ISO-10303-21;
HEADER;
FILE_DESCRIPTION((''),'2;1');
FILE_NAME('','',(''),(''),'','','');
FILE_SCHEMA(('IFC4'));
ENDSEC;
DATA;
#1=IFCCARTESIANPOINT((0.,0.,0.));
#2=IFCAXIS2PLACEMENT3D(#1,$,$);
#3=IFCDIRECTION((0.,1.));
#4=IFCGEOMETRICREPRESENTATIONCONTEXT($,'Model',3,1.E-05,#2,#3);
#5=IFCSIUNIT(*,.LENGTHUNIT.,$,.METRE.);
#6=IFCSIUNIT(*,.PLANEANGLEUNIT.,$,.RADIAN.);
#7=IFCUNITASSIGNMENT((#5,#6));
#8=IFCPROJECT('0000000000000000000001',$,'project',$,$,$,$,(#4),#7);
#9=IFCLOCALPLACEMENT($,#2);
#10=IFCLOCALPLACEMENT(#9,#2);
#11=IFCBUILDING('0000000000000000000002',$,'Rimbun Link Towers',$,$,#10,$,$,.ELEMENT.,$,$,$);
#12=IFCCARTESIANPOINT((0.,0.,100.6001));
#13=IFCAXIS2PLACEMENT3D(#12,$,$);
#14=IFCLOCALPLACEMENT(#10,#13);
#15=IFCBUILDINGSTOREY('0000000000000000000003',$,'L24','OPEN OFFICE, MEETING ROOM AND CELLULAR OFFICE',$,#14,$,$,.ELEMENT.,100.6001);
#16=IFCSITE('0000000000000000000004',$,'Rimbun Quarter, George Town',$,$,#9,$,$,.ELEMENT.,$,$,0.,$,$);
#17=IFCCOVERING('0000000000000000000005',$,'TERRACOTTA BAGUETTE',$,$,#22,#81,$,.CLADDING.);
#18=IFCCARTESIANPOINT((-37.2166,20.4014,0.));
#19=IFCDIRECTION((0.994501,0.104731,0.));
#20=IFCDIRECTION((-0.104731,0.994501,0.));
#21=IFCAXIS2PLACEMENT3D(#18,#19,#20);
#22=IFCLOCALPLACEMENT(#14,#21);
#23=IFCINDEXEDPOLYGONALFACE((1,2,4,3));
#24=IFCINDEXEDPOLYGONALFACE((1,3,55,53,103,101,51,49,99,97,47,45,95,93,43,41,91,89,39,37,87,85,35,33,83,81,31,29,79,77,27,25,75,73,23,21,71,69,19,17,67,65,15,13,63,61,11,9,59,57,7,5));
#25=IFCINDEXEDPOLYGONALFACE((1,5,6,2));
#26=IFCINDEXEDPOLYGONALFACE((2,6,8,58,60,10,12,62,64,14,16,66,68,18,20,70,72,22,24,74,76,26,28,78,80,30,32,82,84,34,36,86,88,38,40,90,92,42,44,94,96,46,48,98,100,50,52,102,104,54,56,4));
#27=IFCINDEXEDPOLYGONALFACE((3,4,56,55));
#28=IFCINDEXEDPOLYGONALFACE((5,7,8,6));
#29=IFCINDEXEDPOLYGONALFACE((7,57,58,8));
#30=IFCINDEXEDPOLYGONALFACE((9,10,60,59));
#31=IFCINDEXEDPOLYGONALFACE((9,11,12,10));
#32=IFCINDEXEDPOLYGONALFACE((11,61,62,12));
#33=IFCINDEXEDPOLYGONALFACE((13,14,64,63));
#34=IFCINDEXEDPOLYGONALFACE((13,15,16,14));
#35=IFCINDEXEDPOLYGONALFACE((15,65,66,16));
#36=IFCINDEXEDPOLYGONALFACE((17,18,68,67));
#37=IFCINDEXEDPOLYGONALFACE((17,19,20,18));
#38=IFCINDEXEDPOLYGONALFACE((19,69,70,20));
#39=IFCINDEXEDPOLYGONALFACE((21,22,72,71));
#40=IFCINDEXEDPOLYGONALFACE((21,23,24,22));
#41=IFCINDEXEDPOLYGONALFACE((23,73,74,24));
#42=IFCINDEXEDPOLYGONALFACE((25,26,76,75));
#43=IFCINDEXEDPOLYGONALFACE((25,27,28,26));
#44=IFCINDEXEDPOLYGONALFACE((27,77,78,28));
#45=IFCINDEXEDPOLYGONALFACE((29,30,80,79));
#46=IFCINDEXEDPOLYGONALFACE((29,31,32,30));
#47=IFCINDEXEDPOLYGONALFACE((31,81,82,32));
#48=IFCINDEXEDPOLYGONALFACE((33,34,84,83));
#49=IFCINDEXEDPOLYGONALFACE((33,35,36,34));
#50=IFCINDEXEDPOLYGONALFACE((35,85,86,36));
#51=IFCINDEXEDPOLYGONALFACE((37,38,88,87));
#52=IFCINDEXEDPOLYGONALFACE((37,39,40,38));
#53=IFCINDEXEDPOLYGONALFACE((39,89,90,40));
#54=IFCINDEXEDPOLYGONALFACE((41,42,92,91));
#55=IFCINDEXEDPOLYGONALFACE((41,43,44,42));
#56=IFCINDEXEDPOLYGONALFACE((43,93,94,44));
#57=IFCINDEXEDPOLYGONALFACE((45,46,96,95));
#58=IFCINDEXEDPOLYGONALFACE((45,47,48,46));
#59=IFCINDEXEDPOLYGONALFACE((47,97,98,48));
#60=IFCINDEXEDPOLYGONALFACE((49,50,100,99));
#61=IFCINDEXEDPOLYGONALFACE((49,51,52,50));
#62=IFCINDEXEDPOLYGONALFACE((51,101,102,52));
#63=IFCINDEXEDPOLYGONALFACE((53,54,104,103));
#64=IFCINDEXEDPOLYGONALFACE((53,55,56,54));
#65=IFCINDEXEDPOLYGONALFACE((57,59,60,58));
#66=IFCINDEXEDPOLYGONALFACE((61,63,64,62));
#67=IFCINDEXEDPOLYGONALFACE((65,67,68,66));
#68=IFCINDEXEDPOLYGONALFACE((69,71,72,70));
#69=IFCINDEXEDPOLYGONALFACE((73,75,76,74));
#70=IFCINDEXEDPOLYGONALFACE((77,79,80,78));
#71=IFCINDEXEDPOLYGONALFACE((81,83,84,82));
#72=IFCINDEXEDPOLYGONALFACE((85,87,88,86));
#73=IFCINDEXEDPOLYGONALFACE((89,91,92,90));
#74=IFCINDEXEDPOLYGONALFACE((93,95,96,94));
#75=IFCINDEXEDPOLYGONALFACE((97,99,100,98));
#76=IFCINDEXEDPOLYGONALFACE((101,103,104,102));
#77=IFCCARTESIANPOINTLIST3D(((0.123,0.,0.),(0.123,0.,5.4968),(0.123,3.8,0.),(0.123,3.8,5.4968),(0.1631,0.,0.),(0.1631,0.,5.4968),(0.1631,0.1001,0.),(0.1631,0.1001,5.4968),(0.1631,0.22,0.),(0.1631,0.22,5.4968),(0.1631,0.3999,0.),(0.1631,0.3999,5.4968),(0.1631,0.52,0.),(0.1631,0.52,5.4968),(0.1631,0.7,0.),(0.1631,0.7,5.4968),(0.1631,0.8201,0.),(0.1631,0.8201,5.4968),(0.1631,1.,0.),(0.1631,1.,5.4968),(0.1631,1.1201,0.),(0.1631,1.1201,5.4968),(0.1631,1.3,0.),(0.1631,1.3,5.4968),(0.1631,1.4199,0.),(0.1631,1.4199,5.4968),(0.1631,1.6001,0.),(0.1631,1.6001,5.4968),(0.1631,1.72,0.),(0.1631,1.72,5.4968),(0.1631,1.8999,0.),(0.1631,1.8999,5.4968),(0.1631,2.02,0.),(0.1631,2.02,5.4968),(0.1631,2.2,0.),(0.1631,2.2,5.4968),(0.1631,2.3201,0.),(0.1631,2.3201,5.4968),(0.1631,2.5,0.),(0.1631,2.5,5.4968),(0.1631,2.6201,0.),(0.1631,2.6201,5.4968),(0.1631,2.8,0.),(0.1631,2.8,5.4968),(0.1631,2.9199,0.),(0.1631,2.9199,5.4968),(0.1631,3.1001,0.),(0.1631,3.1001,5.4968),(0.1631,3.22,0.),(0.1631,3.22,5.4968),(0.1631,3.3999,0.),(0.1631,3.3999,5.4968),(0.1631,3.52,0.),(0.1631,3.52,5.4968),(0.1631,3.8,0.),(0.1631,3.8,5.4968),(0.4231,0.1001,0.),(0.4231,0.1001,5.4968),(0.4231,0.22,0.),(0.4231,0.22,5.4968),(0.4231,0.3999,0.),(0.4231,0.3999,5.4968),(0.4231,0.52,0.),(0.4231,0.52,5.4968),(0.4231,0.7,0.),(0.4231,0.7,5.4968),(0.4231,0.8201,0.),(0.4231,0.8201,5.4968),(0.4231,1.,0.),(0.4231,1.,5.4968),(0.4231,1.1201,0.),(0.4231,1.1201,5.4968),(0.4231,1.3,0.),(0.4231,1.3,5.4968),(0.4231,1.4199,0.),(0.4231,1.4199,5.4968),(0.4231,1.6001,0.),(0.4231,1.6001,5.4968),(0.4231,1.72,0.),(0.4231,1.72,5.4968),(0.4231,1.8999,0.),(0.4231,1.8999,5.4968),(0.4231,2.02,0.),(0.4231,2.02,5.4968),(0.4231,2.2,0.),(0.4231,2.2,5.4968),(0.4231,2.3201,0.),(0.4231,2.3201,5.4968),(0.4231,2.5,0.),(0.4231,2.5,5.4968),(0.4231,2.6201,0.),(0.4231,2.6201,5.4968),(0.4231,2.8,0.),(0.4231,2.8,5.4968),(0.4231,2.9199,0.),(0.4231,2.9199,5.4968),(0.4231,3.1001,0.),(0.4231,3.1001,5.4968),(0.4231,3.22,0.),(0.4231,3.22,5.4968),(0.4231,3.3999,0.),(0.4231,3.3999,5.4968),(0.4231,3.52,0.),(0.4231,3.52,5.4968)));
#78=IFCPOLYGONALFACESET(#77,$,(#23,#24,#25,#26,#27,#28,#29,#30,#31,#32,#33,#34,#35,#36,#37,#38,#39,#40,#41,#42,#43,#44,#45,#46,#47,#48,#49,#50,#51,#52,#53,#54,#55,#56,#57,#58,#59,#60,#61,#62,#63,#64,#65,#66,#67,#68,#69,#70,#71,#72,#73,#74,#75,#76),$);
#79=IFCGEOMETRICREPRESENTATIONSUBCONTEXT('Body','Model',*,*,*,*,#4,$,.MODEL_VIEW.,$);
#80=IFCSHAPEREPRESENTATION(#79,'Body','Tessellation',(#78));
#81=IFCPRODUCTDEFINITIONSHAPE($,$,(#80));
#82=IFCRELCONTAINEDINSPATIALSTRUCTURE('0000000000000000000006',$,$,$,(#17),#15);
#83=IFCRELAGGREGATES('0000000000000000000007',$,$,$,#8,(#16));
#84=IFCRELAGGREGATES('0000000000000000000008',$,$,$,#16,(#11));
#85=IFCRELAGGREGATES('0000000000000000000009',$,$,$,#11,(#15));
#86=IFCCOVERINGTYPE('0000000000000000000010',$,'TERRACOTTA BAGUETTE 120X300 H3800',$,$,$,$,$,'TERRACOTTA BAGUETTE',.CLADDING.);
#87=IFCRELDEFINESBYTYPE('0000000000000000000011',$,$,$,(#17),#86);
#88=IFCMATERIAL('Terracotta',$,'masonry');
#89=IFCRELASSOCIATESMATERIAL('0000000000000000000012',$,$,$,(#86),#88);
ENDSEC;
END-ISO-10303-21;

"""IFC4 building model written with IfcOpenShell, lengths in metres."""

from ifc_helpers import new_model, si_unit, direction, frame, origin, place, context, subcontext, project, spatial, polyline, outline, extrude, material, material_profile, profile_set, type_object, element, save


model = new_model("IFC4")

# Units and contexts
model_context = context("Model", 3, precision=1e-05, world=origin(), true_north=direction((0.0, 1.0)))
body_context = subcontext(model_context, "Body", "Model", "MODEL_VIEW")
ifc_project = project(units=[si_unit("LENGTHUNIT", "METRE"), si_unit("PLANEANGLEUNIT", "RADIAN")], contexts=[model_context])

# Site, building, storey
site_placement = place(None, origin())
site = spatial("IfcSite", under=ifc_project, at=site_placement, Name="Rimbun Quarter, George Town", CompositionType="ELEMENT", RefElevation=0.0)
building_placement = place(site_placement, origin())
building = spatial("IfcBuilding", under=site, at=building_placement, Name="Rimbun Link Towers", CompositionType="ELEMENT")
storey_placement = place(building_placement, frame((0.0, 0.0, 100.6001)))
storey = spatial("IfcBuildingStorey", under=building, at=storey_placement, Name="L24", Description="OPEN OFFICE, MEETING ROOM AND CELLULAR OFFICE", CompositionType="ELEMENT", Elevation=100.6001)

# Covering
ifc_material_1 = material(Name="Terracotta", Category="masonry")
ifc_material_profile_1 = material_profile(ifc_material_1, outline(polyline([(0.123, 0.0), (0.1631, 0.0), (0.1631, 0.1001), (0.4231, 0.1001), (0.4231, 0.22), (0.1631, 0.22), (0.1631, 0.3999), (0.4231, 0.3999), (0.4231, 0.52), (0.1631, 0.52), (0.1631, 0.7), (0.4231, 0.7), (0.4231, 0.8201), (0.1631, 0.8201), (0.1631, 1.0), (0.4231, 1.0), (0.4231, 1.1201), (0.1631, 1.1201), (0.1631, 1.3), (0.4231, 1.3), (0.4231, 1.4199), (0.1631, 1.4199), (0.1631, 1.6001), (0.4231, 1.6001), (0.4231, 1.72), (0.1631, 1.72), (0.1631, 1.8999), (0.4231, 1.8999), (0.4231, 2.02), (0.1631, 2.02), (0.1631, 2.2), (0.4231, 2.2), (0.4231, 2.3201), (0.1631, 2.3201), (0.1631, 2.5), (0.4231, 2.5), (0.4231, 2.6201), (0.1631, 2.6201), (0.1631, 2.8), (0.4231, 2.8), (0.4231, 2.9199), (0.1631, 2.9199), (0.1631, 3.1001), (0.4231, 3.1001), (0.4231, 3.22), (0.1631, 3.22), (0.1631, 3.3999), (0.4231, 3.3999), (0.4231, 3.52), (0.1631, 3.52), (0.1631, 3.8), (0.123, 3.8), (0.123, 0.0)])), Name="BAGUETTE 120X300")
ifc_profile_set_1 = profile_set([ifc_material_profile_1], Name="Terracotta")
covering_type = type_object("IfcCoveringType", Name="TERRACOTTA BAGUETTE 120X300 H3800", ElementType="TERRACOTTA BAGUETTE", PredefinedType="CLADDING", material=ifc_profile_set_1)
for number, where, z_axis, x_axis, name in (
    (1, (-37.2166, 20.4014, 0.0), (0.994501, 0.104731, 0.0), (-0.104731, 0.994501, 0.0), "TERRACOTTA BAGUETTE"),
):
    element("IfcCovering", number, at=place(storey_placement, frame(where, z_axis=z_axis, x_axis=x_axis)), inside=storey, type_object=covering_type, Name=name, PredefinedType="CLADDING", context=body_context, shape_type="SweptSolid", body=[
        extrude(outline(polyline([(0.123, 0.0), (0.1631, 0.0), (0.1631, 0.1001), (0.4231, 0.1001), (0.4231, 0.22), (0.1631, 0.22), (0.1631, 0.3999), (0.4231, 0.3999), (0.4231, 0.52), (0.1631, 0.52), (0.1631, 0.7), (0.4231, 0.7), (0.4231, 0.8201), (0.1631, 0.8201), (0.1631, 1.0), (0.4231, 1.0), (0.4231, 1.1201), (0.1631, 1.1201), (0.1631, 1.3), (0.4231, 1.3), (0.4231, 1.4199), (0.1631, 1.4199), (0.1631, 1.6001), (0.4231, 1.6001), (0.4231, 1.72), (0.1631, 1.72), (0.1631, 1.8999), (0.4231, 1.8999), (0.4231, 2.02), (0.1631, 2.02), (0.1631, 2.2), (0.4231, 2.2), (0.4231, 2.3201), (0.1631, 2.3201), (0.1631, 2.5), (0.4231, 2.5), (0.4231, 2.6201), (0.1631, 2.6201), (0.1631, 2.8), (0.4231, 2.8), (0.4231, 2.9199), (0.1631, 2.9199), (0.1631, 3.1001), (0.4231, 3.1001), (0.4231, 3.22), (0.1631, 3.22), (0.1631, 3.3999), (0.4231, 3.3999), (0.4231, 3.52), (0.1631, 3.52), (0.1631, 3.8), (0.123, 3.8), (0.123, 0.0)])), origin(), (0.0, 0.0, 1.0), 5.4968),
    ])

save(model, "model.ifc")
